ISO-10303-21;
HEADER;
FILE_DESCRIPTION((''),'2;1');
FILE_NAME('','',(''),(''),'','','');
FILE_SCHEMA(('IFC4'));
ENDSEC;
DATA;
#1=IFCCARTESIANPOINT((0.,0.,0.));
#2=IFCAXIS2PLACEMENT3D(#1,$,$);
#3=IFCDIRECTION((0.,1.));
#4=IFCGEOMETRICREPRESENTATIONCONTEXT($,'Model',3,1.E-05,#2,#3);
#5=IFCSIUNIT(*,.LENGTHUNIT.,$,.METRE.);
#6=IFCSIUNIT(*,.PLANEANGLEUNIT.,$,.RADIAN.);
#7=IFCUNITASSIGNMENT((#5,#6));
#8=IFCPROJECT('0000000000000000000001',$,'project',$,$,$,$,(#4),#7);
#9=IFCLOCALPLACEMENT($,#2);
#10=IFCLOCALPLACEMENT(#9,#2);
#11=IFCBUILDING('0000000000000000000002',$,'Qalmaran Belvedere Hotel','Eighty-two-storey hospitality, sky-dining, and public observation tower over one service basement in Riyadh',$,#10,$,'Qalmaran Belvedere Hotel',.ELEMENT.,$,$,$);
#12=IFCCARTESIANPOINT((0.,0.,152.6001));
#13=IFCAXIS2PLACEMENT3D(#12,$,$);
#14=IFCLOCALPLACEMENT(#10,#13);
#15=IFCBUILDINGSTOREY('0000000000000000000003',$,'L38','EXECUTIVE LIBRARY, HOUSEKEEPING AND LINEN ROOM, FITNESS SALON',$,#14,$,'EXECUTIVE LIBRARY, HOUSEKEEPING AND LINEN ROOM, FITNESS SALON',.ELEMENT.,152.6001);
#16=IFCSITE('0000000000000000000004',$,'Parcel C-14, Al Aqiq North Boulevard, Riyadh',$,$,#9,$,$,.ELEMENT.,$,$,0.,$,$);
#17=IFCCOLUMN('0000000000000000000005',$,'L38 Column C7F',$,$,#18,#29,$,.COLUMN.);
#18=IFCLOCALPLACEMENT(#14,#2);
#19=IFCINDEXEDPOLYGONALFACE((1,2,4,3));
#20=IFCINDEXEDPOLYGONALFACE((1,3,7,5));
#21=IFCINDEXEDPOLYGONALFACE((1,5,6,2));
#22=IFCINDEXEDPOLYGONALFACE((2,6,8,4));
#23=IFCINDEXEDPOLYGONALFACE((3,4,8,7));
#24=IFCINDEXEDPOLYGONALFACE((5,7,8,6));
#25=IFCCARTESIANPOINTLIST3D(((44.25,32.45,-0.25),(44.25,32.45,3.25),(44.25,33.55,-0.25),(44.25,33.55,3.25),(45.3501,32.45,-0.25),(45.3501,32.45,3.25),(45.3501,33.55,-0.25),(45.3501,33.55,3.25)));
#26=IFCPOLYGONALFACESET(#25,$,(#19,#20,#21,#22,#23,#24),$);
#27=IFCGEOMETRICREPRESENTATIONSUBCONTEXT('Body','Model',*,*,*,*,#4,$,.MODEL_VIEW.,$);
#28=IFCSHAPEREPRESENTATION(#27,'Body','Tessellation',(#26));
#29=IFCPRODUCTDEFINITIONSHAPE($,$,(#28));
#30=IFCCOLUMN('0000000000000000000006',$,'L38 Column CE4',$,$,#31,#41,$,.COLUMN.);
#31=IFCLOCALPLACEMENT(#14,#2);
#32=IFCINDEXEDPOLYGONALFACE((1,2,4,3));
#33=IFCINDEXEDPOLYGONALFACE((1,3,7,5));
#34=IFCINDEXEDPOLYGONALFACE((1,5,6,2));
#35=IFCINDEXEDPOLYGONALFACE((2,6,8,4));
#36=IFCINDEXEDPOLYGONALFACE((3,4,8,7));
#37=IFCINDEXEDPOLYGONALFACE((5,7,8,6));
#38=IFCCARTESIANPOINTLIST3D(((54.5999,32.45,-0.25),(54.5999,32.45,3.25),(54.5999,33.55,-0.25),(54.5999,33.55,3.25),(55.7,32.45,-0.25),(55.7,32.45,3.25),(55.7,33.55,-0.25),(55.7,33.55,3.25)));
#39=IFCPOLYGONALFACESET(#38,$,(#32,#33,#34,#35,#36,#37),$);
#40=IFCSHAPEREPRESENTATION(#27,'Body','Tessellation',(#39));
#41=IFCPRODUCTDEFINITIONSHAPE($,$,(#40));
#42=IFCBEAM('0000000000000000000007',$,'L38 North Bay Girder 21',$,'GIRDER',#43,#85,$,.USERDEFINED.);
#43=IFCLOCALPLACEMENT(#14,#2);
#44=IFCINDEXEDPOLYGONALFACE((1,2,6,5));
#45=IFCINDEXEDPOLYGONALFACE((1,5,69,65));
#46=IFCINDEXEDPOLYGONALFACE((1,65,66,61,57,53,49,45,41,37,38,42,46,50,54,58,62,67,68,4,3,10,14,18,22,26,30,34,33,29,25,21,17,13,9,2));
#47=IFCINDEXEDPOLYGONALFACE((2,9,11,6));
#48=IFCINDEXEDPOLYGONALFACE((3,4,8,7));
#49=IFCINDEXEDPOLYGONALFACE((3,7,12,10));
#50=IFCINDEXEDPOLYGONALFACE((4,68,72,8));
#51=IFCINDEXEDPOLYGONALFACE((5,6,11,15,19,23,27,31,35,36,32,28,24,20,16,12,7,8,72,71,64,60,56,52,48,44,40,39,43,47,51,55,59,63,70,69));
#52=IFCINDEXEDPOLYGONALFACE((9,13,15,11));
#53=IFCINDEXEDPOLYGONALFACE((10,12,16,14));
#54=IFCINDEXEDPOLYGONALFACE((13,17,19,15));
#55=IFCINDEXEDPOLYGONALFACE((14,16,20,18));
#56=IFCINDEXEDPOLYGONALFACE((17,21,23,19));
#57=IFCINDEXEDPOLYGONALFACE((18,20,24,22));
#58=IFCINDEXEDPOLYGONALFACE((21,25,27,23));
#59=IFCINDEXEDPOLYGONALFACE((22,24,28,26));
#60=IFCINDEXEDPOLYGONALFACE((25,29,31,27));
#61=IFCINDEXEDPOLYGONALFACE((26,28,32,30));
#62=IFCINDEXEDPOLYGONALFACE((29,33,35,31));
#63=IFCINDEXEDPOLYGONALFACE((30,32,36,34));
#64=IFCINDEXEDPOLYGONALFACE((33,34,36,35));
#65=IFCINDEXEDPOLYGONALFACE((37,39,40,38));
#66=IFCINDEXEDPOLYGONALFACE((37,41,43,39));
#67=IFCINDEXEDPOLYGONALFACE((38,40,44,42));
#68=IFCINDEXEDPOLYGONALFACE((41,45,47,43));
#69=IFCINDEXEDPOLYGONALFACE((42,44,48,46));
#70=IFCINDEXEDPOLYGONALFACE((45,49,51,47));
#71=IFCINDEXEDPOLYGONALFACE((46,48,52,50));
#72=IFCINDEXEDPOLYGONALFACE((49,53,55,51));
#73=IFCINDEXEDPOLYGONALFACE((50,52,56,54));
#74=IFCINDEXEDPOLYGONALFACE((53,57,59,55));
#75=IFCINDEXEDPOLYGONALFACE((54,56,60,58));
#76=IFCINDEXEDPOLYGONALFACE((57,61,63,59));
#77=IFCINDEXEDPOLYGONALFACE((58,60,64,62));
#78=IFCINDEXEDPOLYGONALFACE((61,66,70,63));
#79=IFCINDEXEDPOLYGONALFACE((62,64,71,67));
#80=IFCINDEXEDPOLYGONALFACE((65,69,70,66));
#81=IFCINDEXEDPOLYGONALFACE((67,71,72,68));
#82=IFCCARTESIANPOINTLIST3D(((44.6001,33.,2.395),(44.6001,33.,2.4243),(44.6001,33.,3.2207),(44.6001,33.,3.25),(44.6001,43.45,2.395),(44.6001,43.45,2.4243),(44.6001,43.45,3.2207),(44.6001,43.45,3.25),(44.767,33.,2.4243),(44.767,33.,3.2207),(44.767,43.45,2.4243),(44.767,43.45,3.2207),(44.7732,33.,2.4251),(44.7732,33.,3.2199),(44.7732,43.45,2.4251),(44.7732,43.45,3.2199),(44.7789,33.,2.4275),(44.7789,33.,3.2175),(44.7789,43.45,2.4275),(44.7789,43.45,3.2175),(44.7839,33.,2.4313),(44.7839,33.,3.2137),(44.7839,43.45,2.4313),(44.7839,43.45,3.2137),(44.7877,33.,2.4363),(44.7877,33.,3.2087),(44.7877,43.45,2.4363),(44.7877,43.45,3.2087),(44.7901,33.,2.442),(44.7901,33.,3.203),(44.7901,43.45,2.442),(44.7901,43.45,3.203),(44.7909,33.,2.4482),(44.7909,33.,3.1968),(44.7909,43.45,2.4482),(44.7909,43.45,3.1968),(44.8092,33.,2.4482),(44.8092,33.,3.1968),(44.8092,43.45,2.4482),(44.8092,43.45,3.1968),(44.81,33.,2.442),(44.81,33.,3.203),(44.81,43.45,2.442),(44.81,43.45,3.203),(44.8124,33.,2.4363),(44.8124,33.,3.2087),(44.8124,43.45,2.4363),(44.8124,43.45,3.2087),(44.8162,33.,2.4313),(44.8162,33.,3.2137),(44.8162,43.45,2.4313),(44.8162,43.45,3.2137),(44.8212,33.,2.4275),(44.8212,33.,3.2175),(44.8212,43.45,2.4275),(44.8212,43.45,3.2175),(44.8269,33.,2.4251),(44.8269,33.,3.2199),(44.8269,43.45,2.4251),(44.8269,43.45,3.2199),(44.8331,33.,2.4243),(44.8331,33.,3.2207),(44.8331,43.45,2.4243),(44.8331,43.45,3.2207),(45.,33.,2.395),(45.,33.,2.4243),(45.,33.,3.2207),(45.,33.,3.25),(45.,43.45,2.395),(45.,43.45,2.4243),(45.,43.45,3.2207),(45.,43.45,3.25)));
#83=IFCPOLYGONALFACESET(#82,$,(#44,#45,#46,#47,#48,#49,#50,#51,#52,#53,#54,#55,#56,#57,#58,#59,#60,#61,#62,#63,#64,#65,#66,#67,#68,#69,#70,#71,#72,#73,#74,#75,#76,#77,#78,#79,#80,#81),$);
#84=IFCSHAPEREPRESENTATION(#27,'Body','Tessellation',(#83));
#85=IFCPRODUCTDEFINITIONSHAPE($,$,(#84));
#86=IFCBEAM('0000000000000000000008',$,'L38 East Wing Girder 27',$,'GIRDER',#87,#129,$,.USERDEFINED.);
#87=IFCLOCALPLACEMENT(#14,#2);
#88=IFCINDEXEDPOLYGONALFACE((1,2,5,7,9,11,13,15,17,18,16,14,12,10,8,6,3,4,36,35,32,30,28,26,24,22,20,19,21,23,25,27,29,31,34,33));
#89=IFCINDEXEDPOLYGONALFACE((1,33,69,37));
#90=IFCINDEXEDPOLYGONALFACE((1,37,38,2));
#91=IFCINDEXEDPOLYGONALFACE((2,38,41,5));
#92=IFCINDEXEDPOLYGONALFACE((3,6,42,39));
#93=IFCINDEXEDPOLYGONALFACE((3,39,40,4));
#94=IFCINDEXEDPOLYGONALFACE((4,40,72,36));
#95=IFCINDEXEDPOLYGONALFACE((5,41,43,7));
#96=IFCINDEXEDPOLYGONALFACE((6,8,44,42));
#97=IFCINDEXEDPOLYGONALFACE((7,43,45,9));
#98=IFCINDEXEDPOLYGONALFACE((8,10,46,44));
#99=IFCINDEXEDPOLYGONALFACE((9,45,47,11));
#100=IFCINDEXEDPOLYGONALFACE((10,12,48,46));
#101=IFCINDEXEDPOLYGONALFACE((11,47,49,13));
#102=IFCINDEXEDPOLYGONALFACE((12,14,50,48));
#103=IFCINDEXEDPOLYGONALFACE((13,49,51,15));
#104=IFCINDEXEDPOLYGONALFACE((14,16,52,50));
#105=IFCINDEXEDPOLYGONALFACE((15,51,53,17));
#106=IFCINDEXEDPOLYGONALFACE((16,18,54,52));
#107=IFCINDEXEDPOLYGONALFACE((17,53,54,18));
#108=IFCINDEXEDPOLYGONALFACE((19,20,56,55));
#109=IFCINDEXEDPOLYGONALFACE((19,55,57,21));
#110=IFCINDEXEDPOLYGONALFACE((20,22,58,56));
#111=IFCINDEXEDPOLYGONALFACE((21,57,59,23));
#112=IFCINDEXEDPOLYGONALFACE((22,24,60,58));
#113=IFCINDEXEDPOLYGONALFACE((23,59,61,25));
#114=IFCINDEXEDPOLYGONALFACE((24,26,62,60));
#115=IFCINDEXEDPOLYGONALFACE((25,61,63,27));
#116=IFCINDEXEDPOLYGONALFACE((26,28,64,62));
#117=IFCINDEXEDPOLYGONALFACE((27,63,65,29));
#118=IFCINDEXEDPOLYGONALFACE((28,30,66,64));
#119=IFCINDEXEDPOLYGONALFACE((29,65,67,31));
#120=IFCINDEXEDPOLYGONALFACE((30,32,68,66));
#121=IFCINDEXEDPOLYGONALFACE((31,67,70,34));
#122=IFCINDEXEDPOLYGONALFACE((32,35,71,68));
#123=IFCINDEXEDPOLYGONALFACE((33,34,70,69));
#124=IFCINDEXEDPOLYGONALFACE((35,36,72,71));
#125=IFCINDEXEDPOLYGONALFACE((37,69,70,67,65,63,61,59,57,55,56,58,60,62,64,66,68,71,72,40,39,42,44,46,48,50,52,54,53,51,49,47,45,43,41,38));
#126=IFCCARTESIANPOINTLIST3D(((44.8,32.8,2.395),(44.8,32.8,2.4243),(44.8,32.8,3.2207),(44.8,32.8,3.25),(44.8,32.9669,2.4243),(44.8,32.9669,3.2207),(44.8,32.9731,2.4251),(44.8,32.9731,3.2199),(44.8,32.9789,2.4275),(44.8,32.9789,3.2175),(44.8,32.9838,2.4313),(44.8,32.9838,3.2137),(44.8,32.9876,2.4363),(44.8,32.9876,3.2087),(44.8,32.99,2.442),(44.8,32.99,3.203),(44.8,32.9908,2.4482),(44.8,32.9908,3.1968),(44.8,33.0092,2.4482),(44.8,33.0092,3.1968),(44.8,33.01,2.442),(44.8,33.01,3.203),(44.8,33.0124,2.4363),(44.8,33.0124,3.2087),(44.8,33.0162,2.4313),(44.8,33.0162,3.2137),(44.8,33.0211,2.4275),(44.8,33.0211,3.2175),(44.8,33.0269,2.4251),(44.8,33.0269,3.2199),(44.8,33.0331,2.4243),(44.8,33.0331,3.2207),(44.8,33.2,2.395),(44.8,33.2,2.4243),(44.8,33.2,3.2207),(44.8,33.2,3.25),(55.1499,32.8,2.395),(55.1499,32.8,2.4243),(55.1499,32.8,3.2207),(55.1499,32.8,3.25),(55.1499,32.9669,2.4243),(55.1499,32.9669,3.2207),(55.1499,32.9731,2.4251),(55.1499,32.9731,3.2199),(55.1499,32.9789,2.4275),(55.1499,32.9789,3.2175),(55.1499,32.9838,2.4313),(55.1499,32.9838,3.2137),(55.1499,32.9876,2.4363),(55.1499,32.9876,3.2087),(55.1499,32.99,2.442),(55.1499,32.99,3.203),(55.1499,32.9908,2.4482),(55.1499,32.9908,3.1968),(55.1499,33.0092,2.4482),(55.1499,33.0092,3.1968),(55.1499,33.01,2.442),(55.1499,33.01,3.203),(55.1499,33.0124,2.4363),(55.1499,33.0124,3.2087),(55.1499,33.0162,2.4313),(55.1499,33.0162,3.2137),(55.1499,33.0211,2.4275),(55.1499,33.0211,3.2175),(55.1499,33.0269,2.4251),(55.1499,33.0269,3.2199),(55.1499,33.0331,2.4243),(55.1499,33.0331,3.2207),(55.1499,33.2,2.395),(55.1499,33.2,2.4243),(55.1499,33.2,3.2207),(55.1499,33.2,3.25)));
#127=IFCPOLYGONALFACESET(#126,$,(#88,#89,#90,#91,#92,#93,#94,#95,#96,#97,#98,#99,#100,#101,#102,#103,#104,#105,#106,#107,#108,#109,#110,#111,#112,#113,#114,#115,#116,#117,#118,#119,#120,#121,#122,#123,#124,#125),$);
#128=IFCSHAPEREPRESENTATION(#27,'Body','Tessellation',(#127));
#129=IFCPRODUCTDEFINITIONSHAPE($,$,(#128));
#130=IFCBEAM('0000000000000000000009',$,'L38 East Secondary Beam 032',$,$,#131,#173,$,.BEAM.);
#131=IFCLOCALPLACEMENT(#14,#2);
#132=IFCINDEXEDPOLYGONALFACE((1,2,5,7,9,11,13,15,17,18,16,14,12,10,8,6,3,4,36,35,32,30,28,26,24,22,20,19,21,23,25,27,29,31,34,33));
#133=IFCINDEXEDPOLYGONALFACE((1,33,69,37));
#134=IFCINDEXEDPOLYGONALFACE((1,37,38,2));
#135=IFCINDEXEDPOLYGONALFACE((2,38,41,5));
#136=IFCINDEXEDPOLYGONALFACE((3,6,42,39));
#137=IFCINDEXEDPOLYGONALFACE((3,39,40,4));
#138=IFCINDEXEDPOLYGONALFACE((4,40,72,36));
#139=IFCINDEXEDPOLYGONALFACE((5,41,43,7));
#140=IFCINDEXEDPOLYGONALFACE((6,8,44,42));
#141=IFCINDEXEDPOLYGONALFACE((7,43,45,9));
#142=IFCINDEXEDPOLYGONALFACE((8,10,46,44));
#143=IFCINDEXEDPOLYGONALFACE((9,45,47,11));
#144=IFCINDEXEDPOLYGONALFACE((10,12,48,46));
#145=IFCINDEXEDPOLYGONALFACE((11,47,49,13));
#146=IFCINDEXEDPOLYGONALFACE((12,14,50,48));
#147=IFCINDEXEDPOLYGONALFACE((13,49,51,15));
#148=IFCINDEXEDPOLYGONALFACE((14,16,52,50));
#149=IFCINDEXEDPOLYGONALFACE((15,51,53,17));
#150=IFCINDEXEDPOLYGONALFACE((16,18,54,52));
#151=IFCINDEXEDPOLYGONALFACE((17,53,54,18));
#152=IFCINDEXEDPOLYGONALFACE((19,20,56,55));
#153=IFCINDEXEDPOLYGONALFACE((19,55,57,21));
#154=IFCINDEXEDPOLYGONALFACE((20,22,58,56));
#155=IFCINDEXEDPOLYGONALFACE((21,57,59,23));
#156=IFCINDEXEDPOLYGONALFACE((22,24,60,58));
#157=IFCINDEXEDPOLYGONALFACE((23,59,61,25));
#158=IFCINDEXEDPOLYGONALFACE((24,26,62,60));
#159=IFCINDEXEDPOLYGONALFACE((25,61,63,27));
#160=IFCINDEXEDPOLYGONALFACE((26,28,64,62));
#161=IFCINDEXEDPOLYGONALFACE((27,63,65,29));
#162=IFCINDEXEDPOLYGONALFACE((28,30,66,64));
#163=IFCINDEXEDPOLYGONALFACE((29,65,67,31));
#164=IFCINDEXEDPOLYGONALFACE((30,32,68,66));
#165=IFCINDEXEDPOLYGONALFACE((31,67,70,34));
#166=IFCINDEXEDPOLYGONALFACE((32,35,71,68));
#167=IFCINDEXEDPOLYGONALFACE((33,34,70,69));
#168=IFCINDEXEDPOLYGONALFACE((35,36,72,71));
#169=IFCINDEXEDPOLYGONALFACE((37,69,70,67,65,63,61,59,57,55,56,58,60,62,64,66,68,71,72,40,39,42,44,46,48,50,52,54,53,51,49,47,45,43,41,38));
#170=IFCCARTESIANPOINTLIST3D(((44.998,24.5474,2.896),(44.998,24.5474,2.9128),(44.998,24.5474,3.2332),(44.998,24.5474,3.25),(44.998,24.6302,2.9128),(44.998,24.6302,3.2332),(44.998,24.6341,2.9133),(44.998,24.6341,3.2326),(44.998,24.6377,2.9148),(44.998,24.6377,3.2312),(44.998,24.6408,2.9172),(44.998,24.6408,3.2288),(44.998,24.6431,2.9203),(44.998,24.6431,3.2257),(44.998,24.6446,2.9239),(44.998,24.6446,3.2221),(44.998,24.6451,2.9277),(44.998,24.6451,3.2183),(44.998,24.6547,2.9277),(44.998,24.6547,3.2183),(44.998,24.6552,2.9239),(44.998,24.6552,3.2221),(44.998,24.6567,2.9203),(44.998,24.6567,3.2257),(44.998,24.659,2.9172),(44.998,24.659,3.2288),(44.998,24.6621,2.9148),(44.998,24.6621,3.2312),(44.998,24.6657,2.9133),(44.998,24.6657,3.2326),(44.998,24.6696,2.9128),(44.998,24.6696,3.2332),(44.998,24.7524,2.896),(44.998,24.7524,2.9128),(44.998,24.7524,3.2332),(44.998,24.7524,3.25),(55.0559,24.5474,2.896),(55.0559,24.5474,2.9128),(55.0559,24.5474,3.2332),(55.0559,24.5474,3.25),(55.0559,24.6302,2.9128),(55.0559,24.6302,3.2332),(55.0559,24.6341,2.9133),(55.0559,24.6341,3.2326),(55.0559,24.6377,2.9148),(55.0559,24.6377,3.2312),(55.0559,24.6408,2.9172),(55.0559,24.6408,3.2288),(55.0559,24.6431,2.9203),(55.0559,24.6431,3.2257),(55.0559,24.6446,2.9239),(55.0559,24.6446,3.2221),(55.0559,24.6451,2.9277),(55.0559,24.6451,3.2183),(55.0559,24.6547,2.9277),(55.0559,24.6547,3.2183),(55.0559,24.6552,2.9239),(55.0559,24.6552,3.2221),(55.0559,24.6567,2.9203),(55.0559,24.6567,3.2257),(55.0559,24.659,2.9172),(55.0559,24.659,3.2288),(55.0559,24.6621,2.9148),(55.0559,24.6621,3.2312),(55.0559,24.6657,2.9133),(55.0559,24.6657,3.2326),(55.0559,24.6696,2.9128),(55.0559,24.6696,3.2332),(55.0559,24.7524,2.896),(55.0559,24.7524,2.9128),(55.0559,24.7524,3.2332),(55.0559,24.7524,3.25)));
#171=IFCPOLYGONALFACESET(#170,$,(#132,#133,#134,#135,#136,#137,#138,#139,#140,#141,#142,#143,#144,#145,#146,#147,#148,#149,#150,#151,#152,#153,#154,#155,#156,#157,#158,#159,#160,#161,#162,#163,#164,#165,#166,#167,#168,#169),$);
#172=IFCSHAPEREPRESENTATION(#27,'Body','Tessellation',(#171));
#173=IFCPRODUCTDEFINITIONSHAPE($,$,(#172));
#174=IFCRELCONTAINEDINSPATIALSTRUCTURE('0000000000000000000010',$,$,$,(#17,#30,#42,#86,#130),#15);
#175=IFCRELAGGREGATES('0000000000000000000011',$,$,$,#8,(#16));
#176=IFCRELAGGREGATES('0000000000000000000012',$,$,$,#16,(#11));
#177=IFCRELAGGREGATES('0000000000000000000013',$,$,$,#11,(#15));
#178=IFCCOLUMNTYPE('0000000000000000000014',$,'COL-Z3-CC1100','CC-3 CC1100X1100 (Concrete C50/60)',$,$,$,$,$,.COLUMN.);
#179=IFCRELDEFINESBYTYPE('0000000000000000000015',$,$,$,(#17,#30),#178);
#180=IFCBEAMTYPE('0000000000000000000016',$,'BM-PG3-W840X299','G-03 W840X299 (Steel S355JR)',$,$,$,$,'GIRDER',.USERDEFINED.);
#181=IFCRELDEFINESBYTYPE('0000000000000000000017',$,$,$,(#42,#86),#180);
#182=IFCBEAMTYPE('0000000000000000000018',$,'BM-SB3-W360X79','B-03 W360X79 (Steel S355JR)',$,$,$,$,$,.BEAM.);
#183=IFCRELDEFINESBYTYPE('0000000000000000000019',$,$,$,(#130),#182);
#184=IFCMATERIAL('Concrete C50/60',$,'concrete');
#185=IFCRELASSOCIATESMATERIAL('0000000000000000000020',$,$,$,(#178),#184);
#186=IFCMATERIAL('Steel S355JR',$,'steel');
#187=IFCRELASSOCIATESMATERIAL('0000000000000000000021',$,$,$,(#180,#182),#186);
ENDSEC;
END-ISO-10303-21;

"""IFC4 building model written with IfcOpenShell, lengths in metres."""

from ifc_helpers import new_model, si_unit, direction, frame, origin, origin_2d, place, context, subcontext, project, spatial, rectangle, i_section, extrude, material, material_profile, profile_set, type_object, element, save


model = new_model("IFC4")

# Units and contexts
model_context = context("Model", 3, precision=1e-05, world=origin(), true_north=direction((0.0, 1.0)))
body_context = subcontext(model_context, "Body", "Model", "MODEL_VIEW")
ifc_project = project(units=[si_unit("LENGTHUNIT", "METRE"), si_unit("PLANEANGLEUNIT", "RADIAN")], contexts=[model_context])

# Site, building, storey
site_placement = place(None, origin())
site = spatial("IfcSite", under=ifc_project, at=site_placement, Name="Parcel C-14, Al Aqiq North Boulevard, Riyadh", CompositionType="ELEMENT", RefElevation=0.0)
building_placement = place(site_placement, origin())
building = spatial("IfcBuilding", under=site, at=building_placement, Name="Qalmaran Belvedere Hotel", Description="Eighty-two-storey hospitality, sky-dining, and public observation tower over one service basement in Riyadh", LongName="Qalmaran Belvedere Hotel", CompositionType="ELEMENT")
storey_placement = place(building_placement, frame((0.0, 0.0, 152.6001)))
storey = spatial("IfcBuildingStorey", under=building, at=storey_placement, Name="L38", Description="EXECUTIVE LIBRARY, HOUSEKEEPING AND LINEN ROOM, FITNESS SALON", LongName="EXECUTIVE LIBRARY, HOUSEKEEPING AND LINEN ROOM, FITNESS SALON", CompositionType="ELEMENT", Elevation=152.6001)

# Columns
ifc_material_1 = material(Name="Concrete C50/60", Category="concrete")
ifc_material_profile_1 = material_profile(ifc_material_1, rectangle(XDim=1.1001, YDim=1.1001, at=origin_2d()), Name="CC1100X1100")
ifc_profile_set_1 = profile_set([ifc_material_profile_1], Name="Concrete C50/60")
column_type = type_object("IfcColumnType", Name="COL-Z3-CC1100", Description="CC-3 CC1100X1100 (Concrete C50/60)", PredefinedType="COLUMN", material=ifc_profile_set_1)
for number, where, z_axis, x_axis, name in (
    (1, (44.8, 33.0, -0.25), (0.0, 0.0, 1.0), (1.0, 0.0, 0.0), "L38 Column C7F"),
    (2, (55.1499, 33.0, -0.25), (0.0, 0.0, 1.0), (1.0, 0.0, 0.0), "L38 Column CE4"),
):
    element("IfcColumn", number, at=place(storey_placement, frame(where, z_axis=z_axis, x_axis=x_axis)), inside=storey, type_object=column_type, Name=name, PredefinedType="COLUMN", context=body_context, shape_type="SweptSolid", body=[
        extrude(rectangle(XDim=1.1001, YDim=1.1001, at=origin_2d()), origin(), (0.0, 0.0, 1.0), 3.5),
    ])

# Beams
ifc_material_2 = material(Name="Steel S355JR", Category="steel")
ifc_material_profile_2 = material_profile(ifc_material_2, i_section(OverallWidth=0.3999, OverallDepth=0.855, WebThickness=0.0183, FlangeThickness=0.0293, FilletRadius=0.0239, at=origin_2d()), Name="W840X299")
ifc_profile_set_2 = profile_set([ifc_material_profile_2], Name="Steel S355JR")
beam_type_1 = type_object("IfcBeamType", Name="BM-PG3-W840X299", Description="G-03 W840X299 (Steel S355JR)", ElementType="GIRDER", PredefinedType="USERDEFINED", material=ifc_profile_set_2)
beam_1_placement = place(storey_placement, frame((44.8, 33.0, 2.8225), z_axis=(0.0, 1.0, 0.0), x_axis=(-1.0, 0.0, 0.0)))
element("IfcBeam", 3, at=beam_1_placement, inside=storey, type_object=beam_type_1, Name="L38 North Bay Girder 21", ObjectType="GIRDER", PredefinedType="USERDEFINED", context=body_context, shape_type="SweptSolid", body=[
    extrude(i_section(OverallWidth=0.3999, OverallDepth=0.855, WebThickness=0.0183, FlangeThickness=0.0293, FilletRadius=0.0239, at=origin_2d()), origin(), (0.0, 0.0, 1.0), 10.45),
])
beam_2_placement = place(storey_placement, frame((44.8, 33.0, 2.8225), z_axis=(1.0, 0.0, 0.0), x_axis=(0.0, 1.0, 0.0)))
element("IfcBeam", 4, at=beam_2_placement, inside=storey, type_object=beam_type_1, Name="L38 East Wing Girder 27", ObjectType="GIRDER", PredefinedType="USERDEFINED", context=body_context, shape_type="SweptSolid", body=[
    extrude(i_section(OverallWidth=0.3999, OverallDepth=0.855, WebThickness=0.0183, FlangeThickness=0.0293, FilletRadius=0.0239, at=origin_2d()), origin(), (0.0, 0.0, 1.0), 10.3499),
])
ifc_material_profile_3 = material_profile(ifc_material_2, i_section(OverallWidth=0.2051, OverallDepth=0.354, WebThickness=0.0095, FlangeThickness=0.0168, FilletRadius=0.0149, at=origin_2d()), Name="W360X79")
ifc_profile_set_3 = profile_set([ifc_material_profile_3], Name="Steel S355JR")
beam_type_2 = type_object("IfcBeamType", Name="BM-SB3-W360X79", Description="B-03 W360X79 (Steel S355JR)", PredefinedType="BEAM", material=ifc_profile_set_3)
for number, where, z_axis, x_axis, name in (
    (5, (44.998, 24.6499, 3.073), (1.0, 0.0, 0.0), (0.0, 1.0, 0.0), "L38 East Secondary Beam 032"),
):
    element("IfcBeam", number, at=place(storey_placement, frame(where, z_axis=z_axis, x_axis=x_axis)), inside=storey, type_object=beam_type_2, Name=name, PredefinedType="BEAM", context=body_context, shape_type="SweptSolid", body=[
        extrude(i_section(OverallWidth=0.2051, OverallDepth=0.354, WebThickness=0.0095, FlangeThickness=0.0168, FilletRadius=0.0149, at=origin_2d()), origin(), (0.0, 0.0, 1.0), 10.0579),
    ])

save(model, "model.ifc")
